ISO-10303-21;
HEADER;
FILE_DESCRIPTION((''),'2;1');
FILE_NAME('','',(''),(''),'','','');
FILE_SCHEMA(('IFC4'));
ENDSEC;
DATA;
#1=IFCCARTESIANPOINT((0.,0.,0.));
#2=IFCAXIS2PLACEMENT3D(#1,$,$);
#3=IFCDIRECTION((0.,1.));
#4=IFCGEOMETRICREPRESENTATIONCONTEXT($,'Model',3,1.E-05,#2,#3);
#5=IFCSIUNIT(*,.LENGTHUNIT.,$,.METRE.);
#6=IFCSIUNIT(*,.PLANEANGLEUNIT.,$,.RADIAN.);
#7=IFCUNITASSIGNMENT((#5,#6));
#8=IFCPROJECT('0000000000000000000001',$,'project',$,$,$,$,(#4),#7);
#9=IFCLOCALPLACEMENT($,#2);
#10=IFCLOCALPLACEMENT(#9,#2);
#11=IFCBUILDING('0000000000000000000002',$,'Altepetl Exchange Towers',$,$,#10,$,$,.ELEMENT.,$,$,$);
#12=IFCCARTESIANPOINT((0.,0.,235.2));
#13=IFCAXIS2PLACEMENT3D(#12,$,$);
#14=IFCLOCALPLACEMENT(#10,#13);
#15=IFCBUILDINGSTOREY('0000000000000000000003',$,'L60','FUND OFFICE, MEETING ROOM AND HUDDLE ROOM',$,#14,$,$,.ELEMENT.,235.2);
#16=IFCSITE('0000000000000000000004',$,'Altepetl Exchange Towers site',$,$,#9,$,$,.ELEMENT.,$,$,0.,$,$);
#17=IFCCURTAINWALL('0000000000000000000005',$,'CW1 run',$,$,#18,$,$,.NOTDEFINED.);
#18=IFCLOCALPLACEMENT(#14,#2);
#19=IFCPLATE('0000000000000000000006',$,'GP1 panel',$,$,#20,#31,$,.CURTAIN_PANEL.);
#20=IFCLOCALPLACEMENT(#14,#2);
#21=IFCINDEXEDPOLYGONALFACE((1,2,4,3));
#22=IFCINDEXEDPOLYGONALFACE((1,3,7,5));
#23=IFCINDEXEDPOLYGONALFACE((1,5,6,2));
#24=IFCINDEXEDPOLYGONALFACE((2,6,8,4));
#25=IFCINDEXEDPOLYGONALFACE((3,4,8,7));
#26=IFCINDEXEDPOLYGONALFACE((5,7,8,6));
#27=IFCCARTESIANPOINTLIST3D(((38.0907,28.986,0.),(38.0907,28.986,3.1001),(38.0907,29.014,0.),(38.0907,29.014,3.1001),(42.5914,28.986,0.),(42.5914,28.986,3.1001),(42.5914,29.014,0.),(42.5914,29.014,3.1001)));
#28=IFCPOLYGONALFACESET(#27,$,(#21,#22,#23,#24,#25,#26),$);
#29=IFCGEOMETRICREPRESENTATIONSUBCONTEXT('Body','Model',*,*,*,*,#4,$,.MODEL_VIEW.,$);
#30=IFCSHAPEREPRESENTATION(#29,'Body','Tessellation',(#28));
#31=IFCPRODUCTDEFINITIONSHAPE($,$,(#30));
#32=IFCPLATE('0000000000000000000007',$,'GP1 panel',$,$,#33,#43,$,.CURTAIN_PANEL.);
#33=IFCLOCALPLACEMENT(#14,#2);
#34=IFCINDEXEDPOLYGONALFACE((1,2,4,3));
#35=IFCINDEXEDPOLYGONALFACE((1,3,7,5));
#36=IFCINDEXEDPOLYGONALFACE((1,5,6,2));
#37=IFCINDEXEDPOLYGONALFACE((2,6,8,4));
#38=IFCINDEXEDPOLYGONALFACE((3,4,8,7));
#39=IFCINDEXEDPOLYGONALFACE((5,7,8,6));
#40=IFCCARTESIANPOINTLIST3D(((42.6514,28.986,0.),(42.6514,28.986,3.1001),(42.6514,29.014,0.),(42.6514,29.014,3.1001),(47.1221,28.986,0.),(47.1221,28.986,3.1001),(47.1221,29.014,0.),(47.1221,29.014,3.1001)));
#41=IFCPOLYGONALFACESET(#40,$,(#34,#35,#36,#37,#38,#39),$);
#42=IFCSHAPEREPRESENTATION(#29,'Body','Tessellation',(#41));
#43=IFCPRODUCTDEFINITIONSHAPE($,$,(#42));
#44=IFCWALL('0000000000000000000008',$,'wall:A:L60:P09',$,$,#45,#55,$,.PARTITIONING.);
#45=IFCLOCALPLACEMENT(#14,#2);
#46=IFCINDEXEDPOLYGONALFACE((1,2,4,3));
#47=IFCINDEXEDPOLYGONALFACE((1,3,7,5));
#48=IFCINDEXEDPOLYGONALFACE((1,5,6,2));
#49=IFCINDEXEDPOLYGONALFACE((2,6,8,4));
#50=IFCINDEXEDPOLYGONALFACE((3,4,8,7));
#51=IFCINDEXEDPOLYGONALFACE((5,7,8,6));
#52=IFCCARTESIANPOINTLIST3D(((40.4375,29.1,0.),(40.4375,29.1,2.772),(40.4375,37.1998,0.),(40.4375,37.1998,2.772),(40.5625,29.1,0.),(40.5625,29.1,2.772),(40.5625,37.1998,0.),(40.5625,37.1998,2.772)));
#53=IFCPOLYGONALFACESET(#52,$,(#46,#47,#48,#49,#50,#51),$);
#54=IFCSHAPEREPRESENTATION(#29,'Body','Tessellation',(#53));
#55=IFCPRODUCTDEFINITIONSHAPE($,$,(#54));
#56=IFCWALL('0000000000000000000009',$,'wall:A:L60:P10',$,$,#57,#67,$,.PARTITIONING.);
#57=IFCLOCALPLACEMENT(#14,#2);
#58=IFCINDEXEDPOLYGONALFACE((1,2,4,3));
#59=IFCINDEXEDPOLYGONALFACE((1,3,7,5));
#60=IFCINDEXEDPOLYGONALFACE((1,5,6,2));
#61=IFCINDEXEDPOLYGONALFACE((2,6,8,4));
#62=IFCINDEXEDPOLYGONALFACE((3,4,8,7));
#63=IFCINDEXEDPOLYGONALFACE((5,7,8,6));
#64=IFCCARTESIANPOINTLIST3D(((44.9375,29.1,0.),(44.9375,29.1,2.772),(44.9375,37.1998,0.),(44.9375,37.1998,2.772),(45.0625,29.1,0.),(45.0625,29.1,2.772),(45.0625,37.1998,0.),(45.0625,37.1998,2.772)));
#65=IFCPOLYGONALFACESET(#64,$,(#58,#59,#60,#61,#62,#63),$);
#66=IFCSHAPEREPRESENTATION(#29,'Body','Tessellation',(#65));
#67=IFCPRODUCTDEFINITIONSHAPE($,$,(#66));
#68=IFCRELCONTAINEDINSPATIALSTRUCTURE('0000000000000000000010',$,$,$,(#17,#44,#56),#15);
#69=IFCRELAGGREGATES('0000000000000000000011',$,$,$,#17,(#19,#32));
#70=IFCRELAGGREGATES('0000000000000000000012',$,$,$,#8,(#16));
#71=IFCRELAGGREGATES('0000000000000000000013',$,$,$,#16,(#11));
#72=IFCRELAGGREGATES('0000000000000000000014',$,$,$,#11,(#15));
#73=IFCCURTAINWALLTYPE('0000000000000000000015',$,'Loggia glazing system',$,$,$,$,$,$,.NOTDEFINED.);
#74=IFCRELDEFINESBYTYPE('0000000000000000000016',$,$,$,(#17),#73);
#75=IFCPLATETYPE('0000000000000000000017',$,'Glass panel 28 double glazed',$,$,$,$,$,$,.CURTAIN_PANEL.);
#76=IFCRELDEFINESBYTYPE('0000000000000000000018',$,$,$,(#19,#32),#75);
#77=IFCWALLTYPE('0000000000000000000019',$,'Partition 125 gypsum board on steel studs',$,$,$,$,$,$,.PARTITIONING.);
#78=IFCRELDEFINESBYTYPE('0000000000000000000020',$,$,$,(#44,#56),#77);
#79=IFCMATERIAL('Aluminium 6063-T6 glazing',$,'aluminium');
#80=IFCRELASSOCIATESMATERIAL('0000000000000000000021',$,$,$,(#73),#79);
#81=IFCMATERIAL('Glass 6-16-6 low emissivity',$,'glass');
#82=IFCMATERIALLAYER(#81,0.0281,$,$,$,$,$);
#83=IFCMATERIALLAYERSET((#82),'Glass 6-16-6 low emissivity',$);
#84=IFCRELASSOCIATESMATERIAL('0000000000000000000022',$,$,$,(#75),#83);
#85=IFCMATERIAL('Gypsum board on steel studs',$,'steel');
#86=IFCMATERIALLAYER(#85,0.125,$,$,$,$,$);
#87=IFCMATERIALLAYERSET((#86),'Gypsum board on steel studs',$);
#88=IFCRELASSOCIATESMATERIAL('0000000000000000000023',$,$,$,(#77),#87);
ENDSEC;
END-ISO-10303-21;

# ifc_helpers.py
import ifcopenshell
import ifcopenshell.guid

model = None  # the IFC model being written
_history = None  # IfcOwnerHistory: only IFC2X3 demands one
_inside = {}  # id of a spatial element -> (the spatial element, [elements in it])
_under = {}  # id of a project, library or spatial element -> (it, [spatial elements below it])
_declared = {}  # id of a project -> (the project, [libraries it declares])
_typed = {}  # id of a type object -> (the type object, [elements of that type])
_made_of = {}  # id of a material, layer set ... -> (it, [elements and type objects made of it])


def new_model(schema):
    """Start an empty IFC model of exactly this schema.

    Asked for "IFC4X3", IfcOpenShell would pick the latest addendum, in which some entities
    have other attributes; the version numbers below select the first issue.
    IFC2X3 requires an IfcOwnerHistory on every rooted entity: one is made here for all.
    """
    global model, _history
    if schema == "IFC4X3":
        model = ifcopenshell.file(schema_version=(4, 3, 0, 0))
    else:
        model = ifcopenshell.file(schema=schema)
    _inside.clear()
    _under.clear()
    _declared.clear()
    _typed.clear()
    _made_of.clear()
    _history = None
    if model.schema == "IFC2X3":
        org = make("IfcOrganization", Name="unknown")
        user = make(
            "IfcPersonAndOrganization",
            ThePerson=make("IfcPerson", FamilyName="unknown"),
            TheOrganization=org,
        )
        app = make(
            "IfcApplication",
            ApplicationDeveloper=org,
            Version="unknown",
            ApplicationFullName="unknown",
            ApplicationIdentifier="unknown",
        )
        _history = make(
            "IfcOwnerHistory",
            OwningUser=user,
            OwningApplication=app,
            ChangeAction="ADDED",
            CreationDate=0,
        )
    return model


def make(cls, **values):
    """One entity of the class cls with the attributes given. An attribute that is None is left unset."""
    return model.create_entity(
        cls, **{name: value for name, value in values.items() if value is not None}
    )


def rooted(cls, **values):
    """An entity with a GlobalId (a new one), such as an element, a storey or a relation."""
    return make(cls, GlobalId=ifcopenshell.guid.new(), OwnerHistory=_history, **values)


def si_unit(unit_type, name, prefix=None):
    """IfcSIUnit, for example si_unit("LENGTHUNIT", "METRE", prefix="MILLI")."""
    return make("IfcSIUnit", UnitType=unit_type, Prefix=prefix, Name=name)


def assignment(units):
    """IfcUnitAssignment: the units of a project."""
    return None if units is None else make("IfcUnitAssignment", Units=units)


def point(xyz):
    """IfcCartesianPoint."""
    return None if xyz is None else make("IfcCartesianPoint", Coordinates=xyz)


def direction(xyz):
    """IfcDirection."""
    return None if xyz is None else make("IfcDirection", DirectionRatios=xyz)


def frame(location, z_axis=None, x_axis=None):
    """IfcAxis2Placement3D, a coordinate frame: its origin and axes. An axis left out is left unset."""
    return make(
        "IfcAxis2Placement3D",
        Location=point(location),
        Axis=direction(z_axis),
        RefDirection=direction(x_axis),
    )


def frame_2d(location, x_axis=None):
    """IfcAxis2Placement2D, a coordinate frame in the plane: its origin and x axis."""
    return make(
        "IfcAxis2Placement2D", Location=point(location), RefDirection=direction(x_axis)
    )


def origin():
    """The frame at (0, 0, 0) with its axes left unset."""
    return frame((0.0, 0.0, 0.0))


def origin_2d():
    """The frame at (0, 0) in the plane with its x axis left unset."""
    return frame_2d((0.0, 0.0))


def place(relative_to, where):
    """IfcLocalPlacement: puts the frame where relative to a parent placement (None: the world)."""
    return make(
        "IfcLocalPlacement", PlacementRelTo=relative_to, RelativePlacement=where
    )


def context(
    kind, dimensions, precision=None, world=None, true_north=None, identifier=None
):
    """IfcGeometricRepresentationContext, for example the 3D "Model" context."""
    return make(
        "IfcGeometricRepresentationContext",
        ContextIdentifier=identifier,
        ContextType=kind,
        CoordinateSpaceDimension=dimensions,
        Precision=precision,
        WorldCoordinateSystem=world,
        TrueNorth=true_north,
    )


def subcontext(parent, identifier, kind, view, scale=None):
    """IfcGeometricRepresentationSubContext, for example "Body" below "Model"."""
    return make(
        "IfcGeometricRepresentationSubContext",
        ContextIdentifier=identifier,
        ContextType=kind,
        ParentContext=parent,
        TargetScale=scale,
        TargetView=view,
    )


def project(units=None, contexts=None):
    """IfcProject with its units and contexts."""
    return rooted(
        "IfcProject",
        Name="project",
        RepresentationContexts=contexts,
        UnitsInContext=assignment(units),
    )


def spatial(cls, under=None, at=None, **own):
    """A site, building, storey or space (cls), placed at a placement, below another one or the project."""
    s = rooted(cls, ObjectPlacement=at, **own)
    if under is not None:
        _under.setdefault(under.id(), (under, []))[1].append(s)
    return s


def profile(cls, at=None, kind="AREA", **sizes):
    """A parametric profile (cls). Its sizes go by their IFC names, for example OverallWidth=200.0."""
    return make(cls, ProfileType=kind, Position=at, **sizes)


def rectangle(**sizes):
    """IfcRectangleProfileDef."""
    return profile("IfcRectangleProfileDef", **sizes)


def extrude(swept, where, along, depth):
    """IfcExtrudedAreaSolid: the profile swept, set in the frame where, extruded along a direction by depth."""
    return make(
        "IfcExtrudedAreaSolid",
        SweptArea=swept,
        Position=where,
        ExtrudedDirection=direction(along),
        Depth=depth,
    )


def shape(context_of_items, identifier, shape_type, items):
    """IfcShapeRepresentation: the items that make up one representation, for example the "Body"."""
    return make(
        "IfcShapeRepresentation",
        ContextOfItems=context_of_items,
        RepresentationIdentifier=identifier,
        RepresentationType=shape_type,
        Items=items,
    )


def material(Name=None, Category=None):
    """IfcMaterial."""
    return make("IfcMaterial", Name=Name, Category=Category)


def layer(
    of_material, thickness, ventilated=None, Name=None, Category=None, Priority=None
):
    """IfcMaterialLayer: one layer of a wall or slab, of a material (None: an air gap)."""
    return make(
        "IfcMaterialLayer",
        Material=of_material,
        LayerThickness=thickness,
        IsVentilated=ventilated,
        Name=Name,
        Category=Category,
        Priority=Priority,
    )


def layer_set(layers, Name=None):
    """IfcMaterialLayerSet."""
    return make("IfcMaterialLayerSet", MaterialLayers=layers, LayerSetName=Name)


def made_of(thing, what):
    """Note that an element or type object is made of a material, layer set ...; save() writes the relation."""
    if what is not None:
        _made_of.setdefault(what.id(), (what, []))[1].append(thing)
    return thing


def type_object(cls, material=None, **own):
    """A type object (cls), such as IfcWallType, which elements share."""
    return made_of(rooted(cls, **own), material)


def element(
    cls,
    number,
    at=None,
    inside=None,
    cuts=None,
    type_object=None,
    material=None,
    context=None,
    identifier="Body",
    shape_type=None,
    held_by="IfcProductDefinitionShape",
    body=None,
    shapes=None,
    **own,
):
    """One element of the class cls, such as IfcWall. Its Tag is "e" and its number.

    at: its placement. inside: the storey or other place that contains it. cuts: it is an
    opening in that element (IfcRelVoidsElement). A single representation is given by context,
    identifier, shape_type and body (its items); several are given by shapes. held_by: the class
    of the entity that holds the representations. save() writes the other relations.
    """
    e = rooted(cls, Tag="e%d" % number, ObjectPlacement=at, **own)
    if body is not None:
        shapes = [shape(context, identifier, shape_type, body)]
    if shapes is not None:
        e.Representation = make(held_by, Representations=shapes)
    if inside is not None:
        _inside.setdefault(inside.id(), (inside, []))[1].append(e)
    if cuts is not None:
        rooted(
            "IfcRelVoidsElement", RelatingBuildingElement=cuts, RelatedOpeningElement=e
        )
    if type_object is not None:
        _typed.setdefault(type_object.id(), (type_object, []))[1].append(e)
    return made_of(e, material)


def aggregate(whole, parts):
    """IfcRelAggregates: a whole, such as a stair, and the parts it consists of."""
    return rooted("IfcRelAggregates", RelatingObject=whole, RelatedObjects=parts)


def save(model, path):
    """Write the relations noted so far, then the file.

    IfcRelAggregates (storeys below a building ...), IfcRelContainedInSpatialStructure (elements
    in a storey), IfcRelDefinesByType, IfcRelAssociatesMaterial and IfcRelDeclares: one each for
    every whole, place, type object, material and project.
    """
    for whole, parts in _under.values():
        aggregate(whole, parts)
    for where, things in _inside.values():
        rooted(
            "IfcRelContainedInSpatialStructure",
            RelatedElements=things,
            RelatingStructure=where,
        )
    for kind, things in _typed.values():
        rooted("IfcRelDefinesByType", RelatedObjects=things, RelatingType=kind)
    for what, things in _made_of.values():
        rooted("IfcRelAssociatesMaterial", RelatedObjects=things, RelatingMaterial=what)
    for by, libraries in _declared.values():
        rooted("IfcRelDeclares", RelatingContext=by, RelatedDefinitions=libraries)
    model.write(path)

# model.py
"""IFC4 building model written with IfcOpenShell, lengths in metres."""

from ifc_helpers import new_model, si_unit, direction, frame, frame_2d, origin, origin_2d, place, context, subcontext, project, spatial, rectangle, extrude, material, layer, layer_set, type_object, element, aggregate, save


model = new_model("IFC4")

# Units and contexts
model_context = context("Model", 3, precision=1e-05, world=origin(), true_north=direction((0.0, 1.0)))
body_context = subcontext(model_context, "Body", "Model", "MODEL_VIEW")
ifc_project = project(units=[si_unit("LENGTHUNIT", "METRE"), si_unit("PLANEANGLEUNIT", "RADIAN")], contexts=[model_context])

# Site, building, storey
site_placement = place(None, origin())
site = spatial("IfcSite", under=ifc_project, at=site_placement, Name="Altepetl Exchange Towers site", CompositionType="ELEMENT", RefElevation=0.0)
building_placement = place(site_placement, origin())
building = spatial("IfcBuilding", under=site, at=building_placement, Name="Altepetl Exchange Towers", CompositionType="ELEMENT")
storey_placement = place(building_placement, frame((0.0, 0.0, 235.2)))
storey = spatial("IfcBuildingStorey", under=building, at=storey_placement, Name="L60", Description="FUND OFFICE, MEETING ROOM AND HUDDLE ROOM", CompositionType="ELEMENT", Elevation=235.2)

# Curtain wall
ifc_material_1 = material(Name="Aluminium 6063-T6 glazing", Category="aluminium")
curtain_wall_type = type_object("IfcCurtainWallType", Name="Loggia glazing system", PredefinedType="NOTDEFINED", material=ifc_material_1)
curtain_wall_1_placement = place(storey_placement, origin())
curtain_wall_1 = element("IfcCurtainWall", 1, at=curtain_wall_1_placement, inside=storey, type_object=curtain_wall_type, Name="CW1 run", PredefinedType="NOTDEFINED")

# Plates
ifc_material_2 = material(Name="Glass 6-16-6 low emissivity", Category="glass")
ifc_layer_1 = layer(ifc_material_2, 0.0281)
ifc_layer_set_1 = layer_set([ifc_layer_1], Name="Glass 6-16-6 low emissivity")
plate_type = type_object("IfcPlateType", Name="Glass panel 28 double glazed", PredefinedType="CURTAIN_PANEL", material=ifc_layer_set_1)
plate_1_placement = place(storey_placement, frame((40.3411, 29.0, 0.0)))
plate_1 = element("IfcPlate", 2, at=plate_1_placement, type_object=plate_type, Name="GP1 panel", PredefinedType="CURTAIN_PANEL", context=body_context, shape_type="SweptSolid", body=[
    extrude(rectangle(XDim=4.5007, YDim=0.0281, at=origin_2d()), origin(), (0.0, 0.0, 1.0), 3.1001),
])
plate_2_placement = place(storey_placement, frame((44.8867, 29.0, 0.0)))
plate_2 = element("IfcPlate", 3, at=plate_2_placement, type_object=plate_type, Name="GP1 panel", PredefinedType="CURTAIN_PANEL", context=body_context, shape_type="SweptSolid", body=[
    extrude(rectangle(XDim=4.4707, YDim=0.0281, at=origin_2d()), origin(), (0.0, 0.0, 1.0), 3.1001),
])
aggregate(curtain_wall_1, [plate_1, plate_2])

# Walls
ifc_material_3 = material(Name="Gypsum board on steel studs", Category="steel")
ifc_layer_2 = layer(ifc_material_3, 0.125)
ifc_layer_set_2 = layer_set([ifc_layer_2], Name="Gypsum board on steel studs")
wall_type_1 = type_object("IfcWallType", Name="Partition 125 gypsum board on steel studs", PredefinedType="PARTITIONING", material=ifc_layer_set_2)
for number, where, z_axis, x_axis, name in (
    (4, (40.5, 29.1001, 0.0), (0.0, 0.0, 1.0), (0.0, 1.0, 0.0), "wall:A:L60:P09"),
    (5, (45.0, 29.1001, 0.0), (0.0, 0.0, 1.0), (0.0, 1.0, 0.0), "wall:A:L60:P10"),
):
    element("IfcWall", number, at=place(storey_placement, frame(where, z_axis=z_axis, x_axis=x_axis)), inside=storey, type_object=wall_type_1, Name=name, PredefinedType="PARTITIONING", context=body_context, shape_type="SweptSolid", body=[
        extrude(rectangle(XDim=8.0999, YDim=0.125, at=frame_2d((4.0498, 0.0))), origin(), (0.0, 0.0, 1.0), 2.772),
    ])

save(model, "model.ifc")
